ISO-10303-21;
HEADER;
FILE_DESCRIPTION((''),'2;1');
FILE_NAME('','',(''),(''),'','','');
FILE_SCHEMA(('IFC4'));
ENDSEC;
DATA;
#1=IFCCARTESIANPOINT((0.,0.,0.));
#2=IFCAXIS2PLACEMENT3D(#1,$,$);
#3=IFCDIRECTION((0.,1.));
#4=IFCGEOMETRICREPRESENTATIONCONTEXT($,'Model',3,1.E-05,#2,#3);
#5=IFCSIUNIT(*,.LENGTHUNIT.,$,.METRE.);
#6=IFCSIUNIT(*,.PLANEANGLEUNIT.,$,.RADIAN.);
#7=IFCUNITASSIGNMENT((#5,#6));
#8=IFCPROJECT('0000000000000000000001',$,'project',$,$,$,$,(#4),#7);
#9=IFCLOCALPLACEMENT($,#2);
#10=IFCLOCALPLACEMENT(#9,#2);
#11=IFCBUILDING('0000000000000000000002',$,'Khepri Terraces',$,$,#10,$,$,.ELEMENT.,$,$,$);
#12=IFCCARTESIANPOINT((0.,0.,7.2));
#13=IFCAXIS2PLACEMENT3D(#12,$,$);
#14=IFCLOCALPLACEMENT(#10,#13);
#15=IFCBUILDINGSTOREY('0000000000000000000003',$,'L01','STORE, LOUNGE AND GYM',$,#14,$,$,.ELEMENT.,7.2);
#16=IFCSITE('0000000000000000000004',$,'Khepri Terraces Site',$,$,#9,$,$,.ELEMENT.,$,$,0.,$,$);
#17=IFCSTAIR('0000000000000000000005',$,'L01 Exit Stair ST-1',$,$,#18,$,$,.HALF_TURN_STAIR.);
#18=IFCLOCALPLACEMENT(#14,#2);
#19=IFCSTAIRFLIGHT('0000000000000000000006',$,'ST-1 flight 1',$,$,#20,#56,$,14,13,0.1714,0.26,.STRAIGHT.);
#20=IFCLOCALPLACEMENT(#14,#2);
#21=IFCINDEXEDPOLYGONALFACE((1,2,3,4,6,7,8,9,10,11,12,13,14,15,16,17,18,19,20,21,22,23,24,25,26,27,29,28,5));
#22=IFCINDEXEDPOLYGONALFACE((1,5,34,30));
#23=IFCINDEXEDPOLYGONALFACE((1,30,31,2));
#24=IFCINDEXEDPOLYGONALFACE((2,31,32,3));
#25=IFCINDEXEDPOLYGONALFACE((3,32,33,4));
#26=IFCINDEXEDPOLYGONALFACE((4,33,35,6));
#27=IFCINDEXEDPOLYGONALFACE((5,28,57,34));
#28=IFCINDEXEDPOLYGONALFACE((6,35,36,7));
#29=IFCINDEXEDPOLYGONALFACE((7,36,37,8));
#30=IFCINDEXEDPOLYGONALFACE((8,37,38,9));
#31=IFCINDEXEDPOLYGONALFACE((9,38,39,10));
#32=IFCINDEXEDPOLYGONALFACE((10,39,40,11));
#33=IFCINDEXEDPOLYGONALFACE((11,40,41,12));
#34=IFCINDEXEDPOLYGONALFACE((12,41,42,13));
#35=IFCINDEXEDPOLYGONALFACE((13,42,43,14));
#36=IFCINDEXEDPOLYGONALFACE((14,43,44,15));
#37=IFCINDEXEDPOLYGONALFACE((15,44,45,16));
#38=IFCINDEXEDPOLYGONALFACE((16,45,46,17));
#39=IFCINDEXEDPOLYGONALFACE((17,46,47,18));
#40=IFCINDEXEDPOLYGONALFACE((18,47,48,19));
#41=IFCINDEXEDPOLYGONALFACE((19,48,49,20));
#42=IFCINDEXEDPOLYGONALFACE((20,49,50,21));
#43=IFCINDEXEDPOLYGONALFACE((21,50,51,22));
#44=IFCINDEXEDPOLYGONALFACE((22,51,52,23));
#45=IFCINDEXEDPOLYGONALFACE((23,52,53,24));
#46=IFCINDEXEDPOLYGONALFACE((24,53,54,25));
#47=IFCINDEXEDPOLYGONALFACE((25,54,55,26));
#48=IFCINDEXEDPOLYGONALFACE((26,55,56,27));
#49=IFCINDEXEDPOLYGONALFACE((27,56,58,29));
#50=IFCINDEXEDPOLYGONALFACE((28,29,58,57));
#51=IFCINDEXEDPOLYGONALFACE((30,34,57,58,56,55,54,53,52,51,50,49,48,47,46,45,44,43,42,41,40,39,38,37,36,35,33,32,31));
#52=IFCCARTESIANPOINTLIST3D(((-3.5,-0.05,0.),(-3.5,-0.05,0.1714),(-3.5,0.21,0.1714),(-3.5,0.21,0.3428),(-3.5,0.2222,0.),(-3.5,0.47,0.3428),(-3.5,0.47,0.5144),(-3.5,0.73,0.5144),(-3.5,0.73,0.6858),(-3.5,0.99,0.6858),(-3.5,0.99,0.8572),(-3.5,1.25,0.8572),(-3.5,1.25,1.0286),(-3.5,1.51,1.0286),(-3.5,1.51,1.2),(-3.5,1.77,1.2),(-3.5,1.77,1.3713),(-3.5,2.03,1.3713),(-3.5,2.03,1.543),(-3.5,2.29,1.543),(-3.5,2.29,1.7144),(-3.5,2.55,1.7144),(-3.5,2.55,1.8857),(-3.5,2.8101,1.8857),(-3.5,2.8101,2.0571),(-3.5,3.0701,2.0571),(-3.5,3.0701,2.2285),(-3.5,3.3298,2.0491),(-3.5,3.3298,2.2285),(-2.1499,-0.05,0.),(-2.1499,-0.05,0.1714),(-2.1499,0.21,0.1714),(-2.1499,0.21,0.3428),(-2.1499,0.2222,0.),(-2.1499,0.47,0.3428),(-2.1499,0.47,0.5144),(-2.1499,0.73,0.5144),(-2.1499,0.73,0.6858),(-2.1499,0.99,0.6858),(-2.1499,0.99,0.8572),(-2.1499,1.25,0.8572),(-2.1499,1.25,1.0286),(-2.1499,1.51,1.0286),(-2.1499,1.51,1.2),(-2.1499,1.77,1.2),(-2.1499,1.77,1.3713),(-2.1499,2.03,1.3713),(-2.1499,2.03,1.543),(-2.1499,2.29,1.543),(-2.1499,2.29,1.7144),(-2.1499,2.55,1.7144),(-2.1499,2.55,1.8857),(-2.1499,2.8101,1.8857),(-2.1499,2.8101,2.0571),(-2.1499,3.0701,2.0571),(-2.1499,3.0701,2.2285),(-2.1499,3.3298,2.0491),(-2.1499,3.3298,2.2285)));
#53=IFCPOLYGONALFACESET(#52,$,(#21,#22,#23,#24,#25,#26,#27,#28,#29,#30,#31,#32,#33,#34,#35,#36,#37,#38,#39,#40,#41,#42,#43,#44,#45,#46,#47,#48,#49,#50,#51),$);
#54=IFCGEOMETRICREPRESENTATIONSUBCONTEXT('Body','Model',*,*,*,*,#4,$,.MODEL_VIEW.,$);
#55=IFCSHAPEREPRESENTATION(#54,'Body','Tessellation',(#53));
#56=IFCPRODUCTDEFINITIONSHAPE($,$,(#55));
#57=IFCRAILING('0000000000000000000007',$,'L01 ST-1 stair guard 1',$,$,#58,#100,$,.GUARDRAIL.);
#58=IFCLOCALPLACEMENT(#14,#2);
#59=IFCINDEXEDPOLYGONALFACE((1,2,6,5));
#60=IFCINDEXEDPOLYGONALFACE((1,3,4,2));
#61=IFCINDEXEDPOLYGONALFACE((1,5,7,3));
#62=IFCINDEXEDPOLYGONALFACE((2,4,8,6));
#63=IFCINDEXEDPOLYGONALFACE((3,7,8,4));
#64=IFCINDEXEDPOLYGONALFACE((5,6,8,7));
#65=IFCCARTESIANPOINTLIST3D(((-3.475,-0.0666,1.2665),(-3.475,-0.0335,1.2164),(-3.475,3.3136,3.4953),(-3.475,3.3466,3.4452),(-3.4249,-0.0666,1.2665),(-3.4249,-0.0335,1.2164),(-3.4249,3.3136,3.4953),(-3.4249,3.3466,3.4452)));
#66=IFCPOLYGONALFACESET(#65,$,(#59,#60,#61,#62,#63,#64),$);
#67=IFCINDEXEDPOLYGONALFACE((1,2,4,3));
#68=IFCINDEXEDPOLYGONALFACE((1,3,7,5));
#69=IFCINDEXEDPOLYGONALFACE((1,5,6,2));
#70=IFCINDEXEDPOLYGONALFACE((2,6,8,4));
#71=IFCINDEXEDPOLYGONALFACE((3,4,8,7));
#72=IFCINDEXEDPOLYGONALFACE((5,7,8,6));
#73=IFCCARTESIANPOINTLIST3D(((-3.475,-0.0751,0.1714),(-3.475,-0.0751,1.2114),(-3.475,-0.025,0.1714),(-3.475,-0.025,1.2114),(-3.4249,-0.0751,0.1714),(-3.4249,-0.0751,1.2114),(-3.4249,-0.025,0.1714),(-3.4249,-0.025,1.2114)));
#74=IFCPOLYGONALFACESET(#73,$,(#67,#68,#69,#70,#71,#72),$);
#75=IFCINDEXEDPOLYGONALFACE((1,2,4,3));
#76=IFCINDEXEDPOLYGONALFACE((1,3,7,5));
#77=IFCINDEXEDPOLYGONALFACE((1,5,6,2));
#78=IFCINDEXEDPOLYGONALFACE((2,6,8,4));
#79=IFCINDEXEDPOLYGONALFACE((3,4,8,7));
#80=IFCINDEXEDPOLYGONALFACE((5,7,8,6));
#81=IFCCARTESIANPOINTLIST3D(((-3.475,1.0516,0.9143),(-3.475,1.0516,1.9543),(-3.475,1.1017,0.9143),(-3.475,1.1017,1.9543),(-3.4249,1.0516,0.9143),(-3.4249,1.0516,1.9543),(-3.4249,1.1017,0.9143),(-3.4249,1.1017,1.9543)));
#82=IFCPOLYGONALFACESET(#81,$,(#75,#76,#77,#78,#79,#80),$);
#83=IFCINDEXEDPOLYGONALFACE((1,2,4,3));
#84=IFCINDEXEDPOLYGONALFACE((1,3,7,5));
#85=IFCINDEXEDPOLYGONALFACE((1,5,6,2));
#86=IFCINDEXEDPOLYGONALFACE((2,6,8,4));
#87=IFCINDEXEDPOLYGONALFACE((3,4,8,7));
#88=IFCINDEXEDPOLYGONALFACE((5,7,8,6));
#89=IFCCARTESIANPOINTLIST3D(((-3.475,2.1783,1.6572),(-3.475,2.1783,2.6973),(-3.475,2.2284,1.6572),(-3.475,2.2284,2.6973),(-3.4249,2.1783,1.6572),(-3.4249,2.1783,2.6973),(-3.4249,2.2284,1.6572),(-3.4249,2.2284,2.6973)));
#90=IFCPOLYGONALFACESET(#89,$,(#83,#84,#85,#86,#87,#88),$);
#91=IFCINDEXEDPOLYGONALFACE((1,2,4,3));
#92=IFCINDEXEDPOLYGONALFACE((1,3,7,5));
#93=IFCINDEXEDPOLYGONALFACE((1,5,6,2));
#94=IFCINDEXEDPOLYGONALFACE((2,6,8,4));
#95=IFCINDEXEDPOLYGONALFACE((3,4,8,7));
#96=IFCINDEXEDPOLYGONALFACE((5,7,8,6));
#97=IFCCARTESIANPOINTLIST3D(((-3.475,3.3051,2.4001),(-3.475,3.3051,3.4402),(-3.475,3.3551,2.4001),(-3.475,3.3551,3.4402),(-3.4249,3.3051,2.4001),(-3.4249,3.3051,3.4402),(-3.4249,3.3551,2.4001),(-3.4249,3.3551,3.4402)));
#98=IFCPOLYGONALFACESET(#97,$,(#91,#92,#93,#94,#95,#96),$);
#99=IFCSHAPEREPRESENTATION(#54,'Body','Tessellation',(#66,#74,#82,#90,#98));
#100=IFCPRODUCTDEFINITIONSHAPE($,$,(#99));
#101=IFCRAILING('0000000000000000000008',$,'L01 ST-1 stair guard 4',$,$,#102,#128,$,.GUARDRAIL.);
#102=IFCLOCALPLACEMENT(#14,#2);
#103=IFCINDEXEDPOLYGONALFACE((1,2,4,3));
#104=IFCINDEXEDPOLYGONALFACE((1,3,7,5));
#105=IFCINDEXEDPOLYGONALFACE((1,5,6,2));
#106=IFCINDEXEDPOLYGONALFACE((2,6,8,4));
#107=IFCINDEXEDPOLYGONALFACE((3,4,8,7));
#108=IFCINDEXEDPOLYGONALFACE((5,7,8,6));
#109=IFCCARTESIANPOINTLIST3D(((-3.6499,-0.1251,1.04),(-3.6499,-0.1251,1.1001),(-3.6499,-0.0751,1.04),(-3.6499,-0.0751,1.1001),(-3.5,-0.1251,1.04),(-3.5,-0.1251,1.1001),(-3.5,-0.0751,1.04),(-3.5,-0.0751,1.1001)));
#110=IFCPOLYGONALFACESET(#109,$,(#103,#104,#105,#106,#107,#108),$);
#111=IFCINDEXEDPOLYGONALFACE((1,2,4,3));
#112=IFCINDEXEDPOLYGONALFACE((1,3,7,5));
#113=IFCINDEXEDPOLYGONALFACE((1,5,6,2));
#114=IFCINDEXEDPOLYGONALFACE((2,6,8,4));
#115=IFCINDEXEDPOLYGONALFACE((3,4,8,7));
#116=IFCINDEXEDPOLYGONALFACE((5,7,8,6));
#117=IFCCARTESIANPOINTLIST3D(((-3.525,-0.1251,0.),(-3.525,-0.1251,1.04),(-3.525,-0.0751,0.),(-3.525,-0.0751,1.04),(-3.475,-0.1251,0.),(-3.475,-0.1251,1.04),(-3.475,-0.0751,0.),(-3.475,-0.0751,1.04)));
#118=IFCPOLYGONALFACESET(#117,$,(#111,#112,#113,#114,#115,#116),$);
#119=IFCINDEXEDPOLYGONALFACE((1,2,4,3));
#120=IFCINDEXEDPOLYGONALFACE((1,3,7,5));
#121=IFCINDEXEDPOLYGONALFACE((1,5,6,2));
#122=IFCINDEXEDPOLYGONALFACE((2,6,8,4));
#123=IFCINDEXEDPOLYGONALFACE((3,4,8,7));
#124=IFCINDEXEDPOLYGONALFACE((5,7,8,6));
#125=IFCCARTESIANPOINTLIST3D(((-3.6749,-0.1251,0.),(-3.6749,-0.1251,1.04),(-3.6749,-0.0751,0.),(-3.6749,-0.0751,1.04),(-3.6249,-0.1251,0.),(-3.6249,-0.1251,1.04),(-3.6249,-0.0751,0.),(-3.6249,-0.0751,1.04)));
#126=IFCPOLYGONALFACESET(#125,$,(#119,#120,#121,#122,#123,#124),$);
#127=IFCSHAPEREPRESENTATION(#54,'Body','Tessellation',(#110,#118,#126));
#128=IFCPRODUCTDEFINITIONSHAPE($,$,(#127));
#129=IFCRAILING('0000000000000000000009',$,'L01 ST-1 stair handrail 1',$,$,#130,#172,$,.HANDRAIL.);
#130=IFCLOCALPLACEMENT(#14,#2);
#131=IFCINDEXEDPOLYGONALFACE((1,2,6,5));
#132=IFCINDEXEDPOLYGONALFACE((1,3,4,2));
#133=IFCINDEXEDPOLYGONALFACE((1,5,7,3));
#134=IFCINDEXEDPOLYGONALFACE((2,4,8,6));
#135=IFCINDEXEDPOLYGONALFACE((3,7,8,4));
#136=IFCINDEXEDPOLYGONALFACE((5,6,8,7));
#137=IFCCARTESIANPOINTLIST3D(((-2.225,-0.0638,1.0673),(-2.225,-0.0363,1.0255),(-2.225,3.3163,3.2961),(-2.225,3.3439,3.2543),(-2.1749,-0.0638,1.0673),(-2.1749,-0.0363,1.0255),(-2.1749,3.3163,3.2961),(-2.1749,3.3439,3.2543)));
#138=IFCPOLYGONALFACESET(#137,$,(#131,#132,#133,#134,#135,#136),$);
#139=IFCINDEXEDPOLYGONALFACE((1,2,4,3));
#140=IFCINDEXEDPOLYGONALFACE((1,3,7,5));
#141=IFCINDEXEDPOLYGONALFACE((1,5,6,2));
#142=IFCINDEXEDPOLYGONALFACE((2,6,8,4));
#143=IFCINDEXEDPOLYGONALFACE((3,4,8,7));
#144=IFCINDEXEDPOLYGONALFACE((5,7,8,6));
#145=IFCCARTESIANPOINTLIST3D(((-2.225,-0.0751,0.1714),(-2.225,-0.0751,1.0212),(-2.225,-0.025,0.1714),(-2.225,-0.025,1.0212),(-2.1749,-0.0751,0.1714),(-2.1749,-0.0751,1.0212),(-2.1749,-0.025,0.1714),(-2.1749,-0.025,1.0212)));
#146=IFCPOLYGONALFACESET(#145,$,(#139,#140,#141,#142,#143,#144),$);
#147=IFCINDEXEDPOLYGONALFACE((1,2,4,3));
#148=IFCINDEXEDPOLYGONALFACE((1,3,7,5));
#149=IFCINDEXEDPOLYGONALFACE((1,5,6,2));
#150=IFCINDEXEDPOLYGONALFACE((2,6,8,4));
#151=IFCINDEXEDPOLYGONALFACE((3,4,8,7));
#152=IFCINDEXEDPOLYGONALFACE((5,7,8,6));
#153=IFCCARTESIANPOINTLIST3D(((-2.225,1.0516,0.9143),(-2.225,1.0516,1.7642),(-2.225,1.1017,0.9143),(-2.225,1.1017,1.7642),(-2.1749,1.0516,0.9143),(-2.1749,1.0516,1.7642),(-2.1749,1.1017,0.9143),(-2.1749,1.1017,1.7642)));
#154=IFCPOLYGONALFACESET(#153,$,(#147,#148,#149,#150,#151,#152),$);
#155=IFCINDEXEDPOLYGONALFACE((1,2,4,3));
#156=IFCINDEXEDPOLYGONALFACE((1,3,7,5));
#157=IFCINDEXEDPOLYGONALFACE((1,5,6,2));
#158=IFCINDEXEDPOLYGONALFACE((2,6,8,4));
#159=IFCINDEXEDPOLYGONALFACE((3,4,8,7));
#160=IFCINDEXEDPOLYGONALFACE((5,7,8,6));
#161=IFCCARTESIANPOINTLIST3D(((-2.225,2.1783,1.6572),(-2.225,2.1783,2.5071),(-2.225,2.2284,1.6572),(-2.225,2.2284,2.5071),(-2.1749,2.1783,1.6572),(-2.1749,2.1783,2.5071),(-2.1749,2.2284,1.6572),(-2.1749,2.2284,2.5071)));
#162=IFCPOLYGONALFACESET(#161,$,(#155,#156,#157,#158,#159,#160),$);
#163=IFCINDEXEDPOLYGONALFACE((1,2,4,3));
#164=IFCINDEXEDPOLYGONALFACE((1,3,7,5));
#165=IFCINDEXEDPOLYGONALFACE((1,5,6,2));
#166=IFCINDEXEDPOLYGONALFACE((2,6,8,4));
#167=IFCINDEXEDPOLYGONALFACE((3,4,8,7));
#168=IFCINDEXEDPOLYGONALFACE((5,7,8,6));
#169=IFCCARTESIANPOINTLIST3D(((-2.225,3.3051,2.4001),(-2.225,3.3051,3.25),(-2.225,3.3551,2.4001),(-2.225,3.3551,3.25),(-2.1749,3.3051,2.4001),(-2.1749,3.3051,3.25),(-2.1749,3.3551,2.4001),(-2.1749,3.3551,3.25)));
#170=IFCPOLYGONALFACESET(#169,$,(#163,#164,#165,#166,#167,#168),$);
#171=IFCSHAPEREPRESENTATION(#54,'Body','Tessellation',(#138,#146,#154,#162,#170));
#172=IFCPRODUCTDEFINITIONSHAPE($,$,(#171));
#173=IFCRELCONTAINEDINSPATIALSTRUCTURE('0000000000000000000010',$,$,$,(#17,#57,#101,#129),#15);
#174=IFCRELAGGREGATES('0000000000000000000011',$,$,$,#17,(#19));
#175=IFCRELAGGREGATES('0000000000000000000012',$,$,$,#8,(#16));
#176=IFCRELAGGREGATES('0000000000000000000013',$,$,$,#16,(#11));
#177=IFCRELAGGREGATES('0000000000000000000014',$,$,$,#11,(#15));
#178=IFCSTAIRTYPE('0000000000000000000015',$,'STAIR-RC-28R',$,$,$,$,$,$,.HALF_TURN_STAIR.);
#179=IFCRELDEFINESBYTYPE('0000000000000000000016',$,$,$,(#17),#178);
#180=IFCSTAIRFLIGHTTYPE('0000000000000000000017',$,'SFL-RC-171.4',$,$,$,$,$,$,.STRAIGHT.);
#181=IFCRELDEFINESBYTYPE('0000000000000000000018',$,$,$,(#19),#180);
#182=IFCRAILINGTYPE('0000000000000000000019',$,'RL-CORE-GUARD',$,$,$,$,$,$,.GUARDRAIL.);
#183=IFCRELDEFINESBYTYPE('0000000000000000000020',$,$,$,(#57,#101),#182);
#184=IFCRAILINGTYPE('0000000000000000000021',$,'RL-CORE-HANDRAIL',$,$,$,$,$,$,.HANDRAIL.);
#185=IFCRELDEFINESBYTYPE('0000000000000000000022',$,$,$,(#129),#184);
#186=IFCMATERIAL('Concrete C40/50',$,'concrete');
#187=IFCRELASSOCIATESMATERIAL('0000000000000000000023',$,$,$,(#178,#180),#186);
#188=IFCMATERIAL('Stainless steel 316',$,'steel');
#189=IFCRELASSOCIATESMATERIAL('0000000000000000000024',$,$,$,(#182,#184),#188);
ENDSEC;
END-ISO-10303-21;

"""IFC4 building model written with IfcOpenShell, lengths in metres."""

from ifc_helpers import new_model, si_unit, direction, frame, origin, origin_2d, place, context, subcontext, project, spatial, polyline, rectangle, outline, extrude, material, type_object, element, aggregate, save


model = new_model("IFC4")

# Units and contexts
model_context = context("Model", 3, precision=1e-05, world=origin(), true_north=direction((0.0, 1.0)))
body_context = subcontext(model_context, "Body", "Model", "MODEL_VIEW")
ifc_project = project(units=[si_unit("LENGTHUNIT", "METRE"), si_unit("PLANEANGLEUNIT", "RADIAN")], contexts=[model_context])

# Site, building, storey
site_placement = place(None, origin())
site = spatial("IfcSite", under=ifc_project, at=site_placement, Name="Khepri Terraces Site", CompositionType="ELEMENT", RefElevation=0.0)
building_placement = place(site_placement, origin())
building = spatial("IfcBuilding", under=site, at=building_placement, Name="Khepri Terraces", CompositionType="ELEMENT")
storey_placement = place(building_placement, frame((0.0, 0.0, 7.2)))
storey = spatial("IfcBuildingStorey", under=building, at=storey_placement, Name="L01", Description="STORE, LOUNGE AND GYM", CompositionType="ELEMENT", Elevation=7.2)

# Stair, stair flight
ifc_material_1 = material(Name="Concrete C40/50", Category="concrete")
stair_type = type_object("IfcStairType", Name="STAIR-RC-28R", PredefinedType="HALF_TURN_STAIR", material=ifc_material_1)
stair_placement = place(storey_placement, origin())
stair = element("IfcStair", 1, at=stair_placement, inside=storey, type_object=stair_type, Name="L01 Exit Stair ST-1", PredefinedType="HALF_TURN_STAIR")
stair_flight_type = type_object("IfcStairFlightType", Name="SFL-RC-171.4", PredefinedType="STRAIGHT", material=ifc_material_1)
stair_flight_placement = place(storey_placement, frame((-2.825, -0.05, 0.0), z_axis=(0.0, 0.0, 1.0), x_axis=(0.0, 1.0, 0.0)))
stair_flight = element("IfcStairFlight", 2, at=stair_flight_placement, type_object=stair_flight_type, Name="ST-1 flight 1", NumberOfRisers=14, NumberOfTreads=13, PredefinedType="STRAIGHT", RiserHeight=0.1714, TreadLength=0.26, context=body_context, shape_type="SweptSolid", body=[
    extrude(outline(polyline([(0.0, 0.0), (0.0, 0.1714), (0.26, 0.1714), (0.26, 0.3428), (0.52, 0.3428), (0.52, 0.5144), (0.78, 0.5144), (0.78, 0.6858), (1.04, 0.6858), (1.04, 0.8572), (1.3, 0.8572), (1.3, 1.0286), (1.5601, 1.0286), (1.5601, 1.2), (1.8201, 1.2), (1.8201, 1.3713), (2.0801, 1.3713), (2.0801, 1.543), (2.3401, 1.543), (2.3401, 1.7144), (2.6001, 1.7144), (2.6001, 1.8857), (2.8601, 1.8857), (2.8601, 2.0571), (3.1201, 2.0571), (3.1201, 2.2285), (3.3799, 2.2285), (3.3799, 2.3999), (3.3799, 2.0491), (0.2722, 0.0), (0.0, 0.0)])), frame((0.0, 0.675, 0.0), z_axis=(0.0, -1.0, 0.0), x_axis=(1.0, 0.0, 0.0)), (0.0, 0.0, 1.0), 1.3501),
])
aggregate(stair, [stair_flight])

# Railings
ifc_material_2 = material(Name="Stainless steel 316", Category="steel")
railing_type_1 = type_object("IfcRailingType", Name="RL-CORE-GUARD", PredefinedType="GUARDRAIL", material=ifc_material_2)
railing_1_placement = place(storey_placement, frame((-3.45, -0.05, 0.1714)))
element("IfcRailing", 3, at=railing_1_placement, inside=storey, type_object=railing_type_1, Name="L01 ST-1 stair guard 1", PredefinedType="GUARDRAIL", context=body_context, shape_type="SweptSolid", body=[
    extrude(rectangle(XDim=0.05, YDim=0.0601, at=origin_2d()), frame((0.0, 0.0, 1.0701), z_axis=(0.0, 0.834851, 0.550477), x_axis=(-1.0, 0.0, 0.0)), (0.0, 0.0, 1.0), 4.0488),
    extrude(rectangle(XDim=0.05, YDim=0.05, at=origin_2d()), origin(), (0.0, 0.0, 1.0), 1.04),
    extrude(rectangle(XDim=0.05, YDim=0.05, at=origin_2d()), frame((0.0, 1.1267, 0.7429)), (0.0, 0.0, 1.0), 1.04),
    extrude(rectangle(XDim=0.05, YDim=0.05, at=origin_2d()), frame((0.0, 2.2534, 1.4858)), (0.0, 0.0, 1.0), 1.04),
    extrude(rectangle(XDim=0.05, YDim=0.05, at=origin_2d()), frame((0.0, 3.3801, 2.2288)), (0.0, 0.0, 1.0), 1.04),
])
railing_2_placement = place(storey_placement, frame((-3.5, -0.1001, 0.0)))
element("IfcRailing", 4, at=railing_2_placement, inside=storey, type_object=railing_type_1, Name="L01 ST-1 stair guard 4", PredefinedType="GUARDRAIL", context=body_context, shape_type="SweptSolid", body=[
    extrude(rectangle(XDim=0.05, YDim=0.0601, at=origin_2d()), frame((0.0, 0.0, 1.0701), z_axis=(-1.0, 0.0, 0.0), x_axis=(0.0, -1.0, 0.0)), (0.0, 0.0, 1.0), 0.1499),
    extrude(rectangle(XDim=0.05, YDim=0.05, at=origin_2d()), origin(), (0.0, 0.0, 1.0), 1.04),
    extrude(rectangle(XDim=0.05, YDim=0.05, at=origin_2d()), frame((-0.1499, 0.0, 0.0)), (0.0, 0.0, 1.0), 1.04),
])
railing_type_2 = type_object("IfcRailingType", Name="RL-CORE-HANDRAIL", PredefinedType="HANDRAIL", material=ifc_material_2)
railing_3_placement = place(storey_placement, frame((-2.2, -0.05, 0.1714)))
element("IfcRailing", 5, at=railing_3_placement, inside=storey, type_object=railing_type_2, Name="L01 ST-1 stair handrail 1", PredefinedType="HANDRAIL", context=body_context, shape_type="SweptSolid", body=[
    extrude(rectangle(XDim=0.05, YDim=0.05, at=origin_2d()), frame((0.0, 0.0, 0.875), z_axis=(0.0, 0.834851, 0.550477), x_axis=(-1.0, 0.0, 0.0)), (0.0, 0.0, 1.0), 4.0488),
    extrude(rectangle(XDim=0.05, YDim=0.05, at=origin_2d()), origin(), (0.0, 0.0, 1.0), 0.8499),
    extrude(rectangle(XDim=0.05, YDim=0.05, at=origin_2d()), frame((0.0, 1.1267, 0.7429)), (0.0, 0.0, 1.0), 0.8499),
    extrude(rectangle(XDim=0.05, YDim=0.05, at=origin_2d()), frame((0.0, 2.2534, 1.4858)), (0.0, 0.0, 1.0), 0.8499),
    extrude(rectangle(XDim=0.05, YDim=0.05, at=origin_2d()), frame((0.0, 3.3801, 2.2288)), (0.0, 0.0, 1.0), 0.8499),
])

save(model, "model.ifc")
